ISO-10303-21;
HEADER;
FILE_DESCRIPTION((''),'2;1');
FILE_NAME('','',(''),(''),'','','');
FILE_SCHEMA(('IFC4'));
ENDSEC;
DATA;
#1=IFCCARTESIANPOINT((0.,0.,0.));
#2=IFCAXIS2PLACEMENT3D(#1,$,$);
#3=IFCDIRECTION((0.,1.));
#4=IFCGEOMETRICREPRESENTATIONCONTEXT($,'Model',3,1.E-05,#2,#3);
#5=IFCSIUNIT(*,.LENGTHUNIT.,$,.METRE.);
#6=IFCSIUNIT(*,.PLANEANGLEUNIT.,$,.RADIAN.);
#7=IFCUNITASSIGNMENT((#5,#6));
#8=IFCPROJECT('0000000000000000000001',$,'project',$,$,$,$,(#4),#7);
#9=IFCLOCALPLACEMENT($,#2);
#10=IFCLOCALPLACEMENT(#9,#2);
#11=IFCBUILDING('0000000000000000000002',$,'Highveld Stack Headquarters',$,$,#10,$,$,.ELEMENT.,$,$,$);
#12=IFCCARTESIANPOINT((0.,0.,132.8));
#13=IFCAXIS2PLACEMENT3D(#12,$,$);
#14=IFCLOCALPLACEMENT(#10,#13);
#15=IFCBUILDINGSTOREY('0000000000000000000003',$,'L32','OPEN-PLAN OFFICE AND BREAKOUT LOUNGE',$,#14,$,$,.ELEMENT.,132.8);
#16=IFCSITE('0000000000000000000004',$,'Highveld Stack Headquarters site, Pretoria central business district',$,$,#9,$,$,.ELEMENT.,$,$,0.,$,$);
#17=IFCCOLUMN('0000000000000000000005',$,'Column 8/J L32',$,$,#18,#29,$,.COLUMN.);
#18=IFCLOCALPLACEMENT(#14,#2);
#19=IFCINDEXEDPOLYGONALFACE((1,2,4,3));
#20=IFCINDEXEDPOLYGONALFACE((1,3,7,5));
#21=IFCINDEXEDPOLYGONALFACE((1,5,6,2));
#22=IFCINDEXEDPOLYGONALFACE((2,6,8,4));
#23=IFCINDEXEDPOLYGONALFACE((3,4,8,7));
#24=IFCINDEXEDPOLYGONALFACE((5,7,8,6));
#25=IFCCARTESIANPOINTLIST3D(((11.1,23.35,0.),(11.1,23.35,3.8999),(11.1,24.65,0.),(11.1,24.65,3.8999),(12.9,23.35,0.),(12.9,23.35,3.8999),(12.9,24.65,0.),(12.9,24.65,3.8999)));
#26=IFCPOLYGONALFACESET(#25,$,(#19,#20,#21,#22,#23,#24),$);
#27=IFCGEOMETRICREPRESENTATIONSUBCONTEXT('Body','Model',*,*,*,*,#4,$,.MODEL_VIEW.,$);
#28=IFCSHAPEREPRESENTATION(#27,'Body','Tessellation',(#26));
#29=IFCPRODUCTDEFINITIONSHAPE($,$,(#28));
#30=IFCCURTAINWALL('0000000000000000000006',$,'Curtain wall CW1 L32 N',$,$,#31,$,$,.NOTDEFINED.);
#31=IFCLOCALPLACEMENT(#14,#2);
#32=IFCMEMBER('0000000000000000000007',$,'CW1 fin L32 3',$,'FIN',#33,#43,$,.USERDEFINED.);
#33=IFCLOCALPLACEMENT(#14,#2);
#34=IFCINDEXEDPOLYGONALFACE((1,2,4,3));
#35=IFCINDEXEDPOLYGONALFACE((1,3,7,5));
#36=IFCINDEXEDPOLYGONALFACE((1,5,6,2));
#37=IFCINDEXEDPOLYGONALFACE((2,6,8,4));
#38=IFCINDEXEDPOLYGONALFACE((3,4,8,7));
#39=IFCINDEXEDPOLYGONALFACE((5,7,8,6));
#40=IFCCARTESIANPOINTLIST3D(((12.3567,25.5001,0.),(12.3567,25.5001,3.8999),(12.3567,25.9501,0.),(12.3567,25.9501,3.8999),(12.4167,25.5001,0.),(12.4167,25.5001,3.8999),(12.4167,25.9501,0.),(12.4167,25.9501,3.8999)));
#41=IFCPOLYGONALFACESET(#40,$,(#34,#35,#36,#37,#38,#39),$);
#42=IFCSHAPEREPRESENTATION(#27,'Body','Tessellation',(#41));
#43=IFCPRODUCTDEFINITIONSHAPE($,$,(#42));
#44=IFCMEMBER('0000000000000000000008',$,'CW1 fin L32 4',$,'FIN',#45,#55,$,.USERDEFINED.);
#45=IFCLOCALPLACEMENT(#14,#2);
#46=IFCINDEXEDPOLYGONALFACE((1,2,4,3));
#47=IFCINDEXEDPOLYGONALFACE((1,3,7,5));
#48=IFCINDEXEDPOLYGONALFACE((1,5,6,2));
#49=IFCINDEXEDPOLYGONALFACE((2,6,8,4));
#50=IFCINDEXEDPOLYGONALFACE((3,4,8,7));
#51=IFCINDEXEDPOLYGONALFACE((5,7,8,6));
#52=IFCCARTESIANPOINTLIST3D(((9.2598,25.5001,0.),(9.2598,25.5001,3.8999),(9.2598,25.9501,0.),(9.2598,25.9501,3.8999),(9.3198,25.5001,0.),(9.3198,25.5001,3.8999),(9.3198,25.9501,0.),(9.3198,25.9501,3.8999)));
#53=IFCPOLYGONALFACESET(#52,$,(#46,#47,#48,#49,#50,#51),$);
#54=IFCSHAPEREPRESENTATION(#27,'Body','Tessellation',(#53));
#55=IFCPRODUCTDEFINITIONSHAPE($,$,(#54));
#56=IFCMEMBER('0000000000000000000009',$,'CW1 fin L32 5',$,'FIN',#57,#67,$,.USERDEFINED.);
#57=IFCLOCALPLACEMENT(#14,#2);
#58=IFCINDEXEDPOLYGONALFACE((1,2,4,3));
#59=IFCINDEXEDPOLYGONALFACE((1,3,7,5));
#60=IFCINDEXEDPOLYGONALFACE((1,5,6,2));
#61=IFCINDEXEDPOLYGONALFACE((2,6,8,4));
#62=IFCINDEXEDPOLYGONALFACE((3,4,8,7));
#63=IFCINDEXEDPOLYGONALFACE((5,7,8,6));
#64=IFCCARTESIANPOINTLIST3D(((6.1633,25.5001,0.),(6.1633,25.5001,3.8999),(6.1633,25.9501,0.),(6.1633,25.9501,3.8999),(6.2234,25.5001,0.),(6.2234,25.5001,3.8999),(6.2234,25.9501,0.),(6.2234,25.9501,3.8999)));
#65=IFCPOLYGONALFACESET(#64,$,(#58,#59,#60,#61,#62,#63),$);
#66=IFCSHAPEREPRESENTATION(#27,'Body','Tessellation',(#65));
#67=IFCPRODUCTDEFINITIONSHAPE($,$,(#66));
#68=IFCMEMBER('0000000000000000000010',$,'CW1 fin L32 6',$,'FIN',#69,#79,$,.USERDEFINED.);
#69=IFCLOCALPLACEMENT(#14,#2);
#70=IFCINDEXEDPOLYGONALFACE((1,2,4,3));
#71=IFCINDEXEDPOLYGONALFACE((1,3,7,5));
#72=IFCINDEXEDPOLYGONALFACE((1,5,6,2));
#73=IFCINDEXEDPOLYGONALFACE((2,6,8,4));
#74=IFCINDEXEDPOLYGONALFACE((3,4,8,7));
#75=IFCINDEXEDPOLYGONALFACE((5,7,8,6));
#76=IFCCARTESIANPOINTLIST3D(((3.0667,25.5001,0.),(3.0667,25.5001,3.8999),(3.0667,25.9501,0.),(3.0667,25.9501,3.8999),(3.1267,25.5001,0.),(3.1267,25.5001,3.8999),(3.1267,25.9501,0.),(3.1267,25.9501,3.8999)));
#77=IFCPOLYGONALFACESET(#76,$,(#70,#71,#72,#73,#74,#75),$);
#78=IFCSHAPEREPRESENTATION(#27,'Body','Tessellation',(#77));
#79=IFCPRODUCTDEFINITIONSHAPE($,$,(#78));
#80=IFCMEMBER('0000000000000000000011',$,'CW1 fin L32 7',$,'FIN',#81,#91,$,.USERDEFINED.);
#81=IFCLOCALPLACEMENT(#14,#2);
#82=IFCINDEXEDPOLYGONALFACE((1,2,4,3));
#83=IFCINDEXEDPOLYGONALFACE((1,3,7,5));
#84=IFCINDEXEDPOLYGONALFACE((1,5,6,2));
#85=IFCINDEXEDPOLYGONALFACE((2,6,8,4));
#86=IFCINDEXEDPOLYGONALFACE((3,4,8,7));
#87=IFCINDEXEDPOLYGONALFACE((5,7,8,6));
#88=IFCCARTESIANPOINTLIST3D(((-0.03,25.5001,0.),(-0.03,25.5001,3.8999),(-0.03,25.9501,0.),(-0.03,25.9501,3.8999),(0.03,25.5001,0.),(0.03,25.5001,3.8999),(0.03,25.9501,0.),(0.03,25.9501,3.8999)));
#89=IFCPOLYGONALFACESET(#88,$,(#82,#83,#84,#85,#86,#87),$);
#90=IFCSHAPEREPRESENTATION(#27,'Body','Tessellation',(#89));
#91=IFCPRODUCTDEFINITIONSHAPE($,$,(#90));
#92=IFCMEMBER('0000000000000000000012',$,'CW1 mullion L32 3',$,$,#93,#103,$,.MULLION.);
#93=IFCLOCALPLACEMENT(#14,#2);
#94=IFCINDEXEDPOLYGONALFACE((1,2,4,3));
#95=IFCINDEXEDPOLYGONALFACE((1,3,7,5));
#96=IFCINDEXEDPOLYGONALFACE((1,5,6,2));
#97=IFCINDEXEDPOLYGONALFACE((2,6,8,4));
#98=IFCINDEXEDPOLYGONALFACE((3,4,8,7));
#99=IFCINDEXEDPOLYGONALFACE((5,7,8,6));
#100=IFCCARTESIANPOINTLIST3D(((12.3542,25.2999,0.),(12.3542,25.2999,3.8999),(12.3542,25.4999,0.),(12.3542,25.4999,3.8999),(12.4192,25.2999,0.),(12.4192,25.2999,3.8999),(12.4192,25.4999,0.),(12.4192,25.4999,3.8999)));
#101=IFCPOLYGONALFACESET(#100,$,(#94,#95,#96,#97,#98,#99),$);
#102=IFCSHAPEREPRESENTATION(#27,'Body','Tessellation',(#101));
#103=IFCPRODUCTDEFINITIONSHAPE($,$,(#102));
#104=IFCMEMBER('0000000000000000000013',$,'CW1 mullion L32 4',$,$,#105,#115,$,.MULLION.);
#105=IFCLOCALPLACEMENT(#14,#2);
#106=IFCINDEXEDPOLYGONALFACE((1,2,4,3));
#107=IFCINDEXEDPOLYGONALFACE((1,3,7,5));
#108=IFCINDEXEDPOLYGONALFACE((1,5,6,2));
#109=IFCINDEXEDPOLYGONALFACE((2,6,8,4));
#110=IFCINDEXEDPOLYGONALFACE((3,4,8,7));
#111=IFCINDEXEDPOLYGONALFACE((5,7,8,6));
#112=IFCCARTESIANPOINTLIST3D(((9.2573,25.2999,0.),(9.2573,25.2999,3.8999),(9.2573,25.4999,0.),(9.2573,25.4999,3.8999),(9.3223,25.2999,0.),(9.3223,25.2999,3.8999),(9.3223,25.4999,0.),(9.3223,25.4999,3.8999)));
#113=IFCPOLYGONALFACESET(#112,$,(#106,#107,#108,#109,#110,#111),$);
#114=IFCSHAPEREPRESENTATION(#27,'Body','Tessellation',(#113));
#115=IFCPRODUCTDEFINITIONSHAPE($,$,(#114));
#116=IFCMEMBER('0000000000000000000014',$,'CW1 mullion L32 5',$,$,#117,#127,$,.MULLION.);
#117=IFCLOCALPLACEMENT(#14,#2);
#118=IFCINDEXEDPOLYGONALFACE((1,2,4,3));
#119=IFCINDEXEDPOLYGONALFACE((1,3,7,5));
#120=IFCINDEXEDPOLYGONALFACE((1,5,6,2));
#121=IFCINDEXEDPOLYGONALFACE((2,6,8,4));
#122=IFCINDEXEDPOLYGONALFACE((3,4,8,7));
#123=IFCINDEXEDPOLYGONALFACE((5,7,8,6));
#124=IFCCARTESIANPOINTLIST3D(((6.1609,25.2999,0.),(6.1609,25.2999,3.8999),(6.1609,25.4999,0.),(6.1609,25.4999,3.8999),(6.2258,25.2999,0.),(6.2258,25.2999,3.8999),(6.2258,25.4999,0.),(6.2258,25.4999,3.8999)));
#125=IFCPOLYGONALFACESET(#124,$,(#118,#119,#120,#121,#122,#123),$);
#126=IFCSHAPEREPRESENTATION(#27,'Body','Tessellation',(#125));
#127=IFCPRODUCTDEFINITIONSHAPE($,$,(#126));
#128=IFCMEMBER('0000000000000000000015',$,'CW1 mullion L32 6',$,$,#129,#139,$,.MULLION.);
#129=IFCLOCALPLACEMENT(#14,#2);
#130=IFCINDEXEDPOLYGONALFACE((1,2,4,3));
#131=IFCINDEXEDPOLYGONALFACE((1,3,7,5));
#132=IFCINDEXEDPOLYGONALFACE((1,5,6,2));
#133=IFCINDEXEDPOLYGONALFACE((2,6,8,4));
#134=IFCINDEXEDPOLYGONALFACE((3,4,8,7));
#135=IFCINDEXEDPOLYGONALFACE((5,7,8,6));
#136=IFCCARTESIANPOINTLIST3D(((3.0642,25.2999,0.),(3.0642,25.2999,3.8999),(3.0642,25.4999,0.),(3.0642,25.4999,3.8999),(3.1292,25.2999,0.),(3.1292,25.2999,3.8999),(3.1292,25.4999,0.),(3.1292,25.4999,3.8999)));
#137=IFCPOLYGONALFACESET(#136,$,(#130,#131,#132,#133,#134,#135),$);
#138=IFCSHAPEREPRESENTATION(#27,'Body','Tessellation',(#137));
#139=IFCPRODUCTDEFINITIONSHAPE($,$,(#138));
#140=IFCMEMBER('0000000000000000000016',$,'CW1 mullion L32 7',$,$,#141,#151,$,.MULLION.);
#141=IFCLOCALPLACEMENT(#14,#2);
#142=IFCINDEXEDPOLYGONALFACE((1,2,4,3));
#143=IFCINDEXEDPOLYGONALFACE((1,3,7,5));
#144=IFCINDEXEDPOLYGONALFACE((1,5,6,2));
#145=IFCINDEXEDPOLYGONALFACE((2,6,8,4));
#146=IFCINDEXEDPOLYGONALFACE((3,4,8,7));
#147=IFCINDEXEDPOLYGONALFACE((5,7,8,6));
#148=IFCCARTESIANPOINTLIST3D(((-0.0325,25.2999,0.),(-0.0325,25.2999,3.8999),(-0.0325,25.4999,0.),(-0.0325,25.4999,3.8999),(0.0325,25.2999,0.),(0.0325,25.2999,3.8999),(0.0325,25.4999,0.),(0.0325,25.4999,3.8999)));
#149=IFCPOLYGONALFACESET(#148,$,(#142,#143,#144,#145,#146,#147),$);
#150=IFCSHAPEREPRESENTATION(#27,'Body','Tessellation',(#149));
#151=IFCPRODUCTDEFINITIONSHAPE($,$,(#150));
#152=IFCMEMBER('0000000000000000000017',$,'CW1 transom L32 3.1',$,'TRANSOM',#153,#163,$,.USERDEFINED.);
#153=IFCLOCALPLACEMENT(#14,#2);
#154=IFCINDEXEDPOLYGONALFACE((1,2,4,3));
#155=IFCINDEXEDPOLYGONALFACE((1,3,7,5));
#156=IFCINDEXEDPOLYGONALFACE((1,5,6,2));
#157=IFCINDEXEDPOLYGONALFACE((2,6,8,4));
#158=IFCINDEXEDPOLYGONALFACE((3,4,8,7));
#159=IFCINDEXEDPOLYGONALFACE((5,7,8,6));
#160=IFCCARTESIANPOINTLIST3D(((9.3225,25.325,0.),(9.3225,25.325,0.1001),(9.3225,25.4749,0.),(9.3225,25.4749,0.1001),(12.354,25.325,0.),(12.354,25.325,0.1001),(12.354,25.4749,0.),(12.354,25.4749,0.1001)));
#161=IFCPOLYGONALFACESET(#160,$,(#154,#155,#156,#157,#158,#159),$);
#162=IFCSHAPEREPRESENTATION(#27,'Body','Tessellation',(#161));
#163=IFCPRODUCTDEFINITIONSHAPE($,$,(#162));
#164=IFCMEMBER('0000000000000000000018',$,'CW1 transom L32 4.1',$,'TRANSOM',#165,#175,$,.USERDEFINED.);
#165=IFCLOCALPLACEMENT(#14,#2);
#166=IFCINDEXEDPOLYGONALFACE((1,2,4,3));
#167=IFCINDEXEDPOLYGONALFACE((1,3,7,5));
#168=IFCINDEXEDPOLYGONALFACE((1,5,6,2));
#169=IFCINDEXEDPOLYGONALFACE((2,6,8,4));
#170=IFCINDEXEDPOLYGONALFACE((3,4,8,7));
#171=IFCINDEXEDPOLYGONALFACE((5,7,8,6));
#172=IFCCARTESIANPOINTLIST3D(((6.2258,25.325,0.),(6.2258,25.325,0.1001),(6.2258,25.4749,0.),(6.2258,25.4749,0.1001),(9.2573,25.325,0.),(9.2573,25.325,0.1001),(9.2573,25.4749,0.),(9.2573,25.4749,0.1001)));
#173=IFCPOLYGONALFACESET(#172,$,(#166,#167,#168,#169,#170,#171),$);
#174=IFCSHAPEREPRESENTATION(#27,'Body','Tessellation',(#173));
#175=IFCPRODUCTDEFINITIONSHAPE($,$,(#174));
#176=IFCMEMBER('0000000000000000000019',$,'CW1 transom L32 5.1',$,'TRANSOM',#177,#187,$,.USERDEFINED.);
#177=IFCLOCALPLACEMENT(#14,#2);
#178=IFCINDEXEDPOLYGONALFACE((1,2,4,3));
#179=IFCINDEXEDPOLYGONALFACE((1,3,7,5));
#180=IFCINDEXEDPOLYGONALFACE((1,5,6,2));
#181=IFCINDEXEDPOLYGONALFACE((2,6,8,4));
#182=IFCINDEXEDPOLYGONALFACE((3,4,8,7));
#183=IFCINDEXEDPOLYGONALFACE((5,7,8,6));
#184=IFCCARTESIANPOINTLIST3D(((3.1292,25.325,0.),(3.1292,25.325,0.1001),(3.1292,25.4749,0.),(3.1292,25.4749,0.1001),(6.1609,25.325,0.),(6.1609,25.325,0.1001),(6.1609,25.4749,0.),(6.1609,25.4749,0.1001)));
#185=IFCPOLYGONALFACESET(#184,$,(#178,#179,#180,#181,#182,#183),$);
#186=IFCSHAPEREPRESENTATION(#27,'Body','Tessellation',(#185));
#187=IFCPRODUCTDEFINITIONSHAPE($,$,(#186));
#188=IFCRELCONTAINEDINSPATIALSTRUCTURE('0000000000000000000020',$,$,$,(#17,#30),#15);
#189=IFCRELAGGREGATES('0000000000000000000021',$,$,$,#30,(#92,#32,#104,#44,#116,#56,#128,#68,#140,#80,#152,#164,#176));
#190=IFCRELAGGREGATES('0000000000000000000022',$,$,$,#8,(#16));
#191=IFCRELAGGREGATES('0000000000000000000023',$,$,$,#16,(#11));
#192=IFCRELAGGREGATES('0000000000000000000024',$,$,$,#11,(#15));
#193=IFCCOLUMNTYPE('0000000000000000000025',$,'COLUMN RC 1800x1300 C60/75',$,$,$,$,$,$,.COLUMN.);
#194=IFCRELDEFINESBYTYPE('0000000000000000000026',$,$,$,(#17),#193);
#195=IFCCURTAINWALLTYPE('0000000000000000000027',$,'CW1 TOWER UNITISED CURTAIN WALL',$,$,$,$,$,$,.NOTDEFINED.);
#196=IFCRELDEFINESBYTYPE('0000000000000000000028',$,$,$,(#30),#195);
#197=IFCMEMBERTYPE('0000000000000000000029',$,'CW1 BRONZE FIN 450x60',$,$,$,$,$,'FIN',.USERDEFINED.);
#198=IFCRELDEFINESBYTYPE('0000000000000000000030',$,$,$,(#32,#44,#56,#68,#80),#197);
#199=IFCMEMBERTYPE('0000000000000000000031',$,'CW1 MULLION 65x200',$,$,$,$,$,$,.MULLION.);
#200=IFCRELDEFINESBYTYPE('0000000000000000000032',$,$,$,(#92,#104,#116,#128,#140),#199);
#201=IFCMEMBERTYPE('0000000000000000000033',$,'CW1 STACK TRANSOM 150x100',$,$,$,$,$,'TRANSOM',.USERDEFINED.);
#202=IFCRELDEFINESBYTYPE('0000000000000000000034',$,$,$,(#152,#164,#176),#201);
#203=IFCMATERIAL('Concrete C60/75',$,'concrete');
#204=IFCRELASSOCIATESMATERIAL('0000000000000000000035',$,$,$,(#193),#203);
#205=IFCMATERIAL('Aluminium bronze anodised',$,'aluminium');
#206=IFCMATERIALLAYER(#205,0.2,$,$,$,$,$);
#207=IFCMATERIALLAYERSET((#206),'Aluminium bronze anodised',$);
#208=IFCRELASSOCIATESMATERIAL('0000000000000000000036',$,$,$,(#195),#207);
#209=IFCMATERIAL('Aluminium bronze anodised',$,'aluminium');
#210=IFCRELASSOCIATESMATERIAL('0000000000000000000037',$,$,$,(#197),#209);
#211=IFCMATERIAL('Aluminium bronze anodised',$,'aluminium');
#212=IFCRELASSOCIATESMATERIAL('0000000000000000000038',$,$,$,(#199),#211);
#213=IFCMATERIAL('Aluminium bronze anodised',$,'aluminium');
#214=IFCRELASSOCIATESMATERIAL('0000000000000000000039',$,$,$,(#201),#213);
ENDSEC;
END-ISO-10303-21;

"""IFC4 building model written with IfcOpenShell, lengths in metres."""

from ifc_helpers import new_model, si_unit, direction, frame, origin, origin_2d, place, context, subcontext, project, spatial, rectangle, extrude, material, layer, layer_set, material_profile, profile_set, type_object, element, aggregate, save


model = new_model("IFC4")

# Units and contexts
model_context = context("Model", 3, precision=1e-05, world=origin(), true_north=direction((0.0, 1.0)))
body_context = subcontext(model_context, "Body", "Model", "MODEL_VIEW")
ifc_project = project(units=[si_unit("LENGTHUNIT", "METRE"), si_unit("PLANEANGLEUNIT", "RADIAN")], contexts=[model_context])

# Site, building, storey
site_placement = place(None, origin())
site = spatial("IfcSite", under=ifc_project, at=site_placement, Name="Highveld Stack Headquarters site, Pretoria central business district", CompositionType="ELEMENT", RefElevation=0.0)
building_placement = place(site_placement, origin())
building = spatial("IfcBuilding", under=site, at=building_placement, Name="Highveld Stack Headquarters", CompositionType="ELEMENT")
storey_placement = place(building_placement, frame((0.0, 0.0, 132.8)))
storey = spatial("IfcBuildingStorey", under=building, at=storey_placement, Name="L32", Description="OPEN-PLAN OFFICE AND BREAKOUT LOUNGE", CompositionType="ELEMENT", Elevation=132.8)

# Column
ifc_material_1 = material(Name="Concrete C60/75", Category="concrete")
ifc_material_profile_1 = material_profile(ifc_material_1, rectangle(XDim=1.8, YDim=1.3, at=origin_2d()), Name="RC 1800x1300")
ifc_profile_set_1 = profile_set([ifc_material_profile_1], Name="Concrete C60/75")
column_type = type_object("IfcColumnType", Name="COLUMN RC 1800x1300 C60/75", PredefinedType="COLUMN", material=ifc_profile_set_1)
column_placement = place(storey_placement, frame((12.0, 24.0, 0.0), z_axis=(0.0, 0.0, 1.0), x_axis=(1.0, 0.0, 0.0)))
element("IfcColumn", 1, at=column_placement, inside=storey, type_object=column_type, Name="Column 8/J L32", PredefinedType="COLUMN", context=body_context, shape_type="SweptSolid", body=[
    extrude(rectangle(XDim=1.8, YDim=1.3, at=origin_2d()), origin(), (0.0, 0.0, 1.0), 3.8999),
])

# Curtain wall, members
ifc_material_2 = material(Name="Aluminium bronze anodised", Category="aluminium")
ifc_layer_1 = layer(ifc_material_2, 0.2)
ifc_layer_set_1 = layer_set([ifc_layer_1], Name="Aluminium bronze anodised")
curtain_wall_type = type_object("IfcCurtainWallType", Name="CW1 TOWER UNITISED CURTAIN WALL", PredefinedType="NOTDEFINED", material=ifc_layer_set_1)
curtain_wall_placement = place(storey_placement, origin())
curtain_wall = element("IfcCurtainWall", 2, at=curtain_wall_placement, inside=storey, type_object=curtain_wall_type, Name="Curtain wall CW1 L32 N", PredefinedType="NOTDEFINED")
ifc_material_3 = material(Name="Aluminium bronze anodised", Category="aluminium")
ifc_material_profile_2 = material_profile(ifc_material_3, rectangle(XDim=0.45, YDim=0.0601, at=origin_2d()), Name="FIN 450x60")
ifc_profile_set_2 = profile_set([ifc_material_profile_2], Name="Aluminium bronze anodised")
member_type_1 = type_object("IfcMemberType", Name="CW1 BRONZE FIN 450x60", ElementType="FIN", PredefinedType="USERDEFINED", material=ifc_profile_set_2)
member_1_placement = place(storey_placement, frame((12.3867, 25.7251, 0.0), z_axis=(0.0, 0.0, 1.0), x_axis=(0.0, -1.0, 0.0)))
member_1 = element("IfcMember", 3, at=member_1_placement, type_object=member_type_1, Name="CW1 fin L32 3", ObjectType="FIN", PredefinedType="USERDEFINED", context=body_context, shape_type="SweptSolid", body=[
    extrude(rectangle(XDim=0.45, YDim=0.0601, at=origin_2d()), origin(), (0.0, 0.0, 1.0), 3.8999),
])
member_2_placement = place(storey_placement, frame((9.2898, 25.7251, 0.0), z_axis=(0.0, 0.0, 1.0), x_axis=(0.0, -1.0, 0.0)))
member_2 = element("IfcMember", 4, at=member_2_placement, type_object=member_type_1, Name="CW1 fin L32 4", ObjectType="FIN", PredefinedType="USERDEFINED", context=body_context, shape_type="SweptSolid", body=[
    extrude(rectangle(XDim=0.45, YDim=0.0601, at=origin_2d()), origin(), (0.0, 0.0, 1.0), 3.8999),
])
member_3_placement = place(storey_placement, frame((6.1934, 25.7251, 0.0), z_axis=(0.0, 0.0, 1.0), x_axis=(0.0, -1.0, 0.0)))
member_3 = element("IfcMember", 5, at=member_3_placement, type_object=member_type_1, Name="CW1 fin L32 5", ObjectType="FIN", PredefinedType="USERDEFINED", context=body_context, shape_type="SweptSolid", body=[
    extrude(rectangle(XDim=0.45, YDim=0.0601, at=origin_2d()), origin(), (0.0, 0.0, 1.0), 3.8999),
])
member_4_placement = place(storey_placement, frame((3.0967, 25.7251, 0.0), z_axis=(0.0, 0.0, 1.0), x_axis=(0.0, -1.0, 0.0)))
member_4 = element("IfcMember", 6, at=member_4_placement, type_object=member_type_1, Name="CW1 fin L32 6", ObjectType="FIN", PredefinedType="USERDEFINED", context=body_context, shape_type="SweptSolid", body=[
    extrude(rectangle(XDim=0.45, YDim=0.0601, at=origin_2d()), origin(), (0.0, 0.0, 1.0), 3.8999),
])
member_5_placement = place(storey_placement, frame((0.0, 25.7251, 0.0), z_axis=(0.0, 0.0, 1.0), x_axis=(0.0, -1.0, 0.0)))
member_5 = element("IfcMember", 7, at=member_5_placement, type_object=member_type_1, Name="CW1 fin L32 7", ObjectType="FIN", PredefinedType="USERDEFINED", context=body_context, shape_type="SweptSolid", body=[
    extrude(rectangle(XDim=0.45, YDim=0.0601, at=origin_2d()), origin(), (0.0, 0.0, 1.0), 3.8999),
])
ifc_material_4 = material(Name="Aluminium bronze anodised", Category="aluminium")
ifc_material_profile_3 = material_profile(ifc_material_4, rectangle(XDim=0.2, YDim=0.0649, at=origin_2d()), Name="CW1 MULLION 65x200")
ifc_profile_set_3 = profile_set([ifc_material_profile_3], Name="Aluminium bronze anodised")
member_type_2 = type_object("IfcMemberType", Name="CW1 MULLION 65x200", PredefinedType="MULLION", material=ifc_profile_set_3)
member_6_placement = place(storey_placement, frame((12.3867, 25.3999, 0.0), z_axis=(0.0, 0.0, 1.0), x_axis=(0.0, -1.0, 0.0)))
member_6 = element("IfcMember", 8, at=member_6_placement, type_object=member_type_2, Name="CW1 mullion L32 3", PredefinedType="MULLION", context=body_context, shape_type="SweptSolid", body=[
    extrude(rectangle(XDim=0.2, YDim=0.0649, at=origin_2d()), origin(), (0.0, 0.0, 1.0), 3.8999),
])
member_7_placement = place(storey_placement, frame((9.2898, 25.3999, 0.0), z_axis=(0.0, 0.0, 1.0), x_axis=(0.0, -1.0, 0.0)))
member_7 = element("IfcMember", 9, at=member_7_placement, type_object=member_type_2, Name="CW1 mullion L32 4", PredefinedType="MULLION", context=body_context, shape_type="SweptSolid", body=[
    extrude(rectangle(XDim=0.2, YDim=0.0649, at=origin_2d()), origin(), (0.0, 0.0, 1.0), 3.8999),
])
member_8_placement = place(storey_placement, frame((6.1934, 25.3999, 0.0), z_axis=(0.0, 0.0, 1.0), x_axis=(0.0, -1.0, 0.0)))
member_8 = element("IfcMember", 10, at=member_8_placement, type_object=member_type_2, Name="CW1 mullion L32 5", PredefinedType="MULLION", context=body_context, shape_type="SweptSolid", body=[
    extrude(rectangle(XDim=0.2, YDim=0.0649, at=origin_2d()), origin(), (0.0, 0.0, 1.0), 3.8999),
])
member_9_placement = place(storey_placement, frame((3.0967, 25.3999, 0.0), z_axis=(0.0, 0.0, 1.0), x_axis=(0.0, -1.0, 0.0)))
member_9 = element("IfcMember", 11, at=member_9_placement, type_object=member_type_2, Name="CW1 mullion L32 6", PredefinedType="MULLION", context=body_context, shape_type="SweptSolid", body=[
    extrude(rectangle(XDim=0.2, YDim=0.0649, at=origin_2d()), origin(), (0.0, 0.0, 1.0), 3.8999),
])
member_10_placement = place(storey_placement, frame((0.0, 25.3999, 0.0), z_axis=(0.0, 0.0, 1.0), x_axis=(0.0, -1.0, 0.0)))
member_10 = element("IfcMember", 12, at=member_10_placement, type_object=member_type_2, Name="CW1 mullion L32 7", PredefinedType="MULLION", context=body_context, shape_type="SweptSolid", body=[
    extrude(rectangle(XDim=0.2, YDim=0.0649, at=origin_2d()), origin(), (0.0, 0.0, 1.0), 3.8999),
])
ifc_material_5 = material(Name="Aluminium bronze anodised", Category="aluminium")
ifc_material_profile_4 = material_profile(ifc_material_5, rectangle(XDim=0.1499, YDim=0.1001, at=origin_2d()), Name="CW1 TRANSOM 150x100")
ifc_profile_set_4 = profile_set([ifc_material_profile_4], Name="Aluminium bronze anodised")
member_type_3 = type_object("IfcMemberType", Name="CW1 STACK TRANSOM 150x100", ElementType="TRANSOM", PredefinedType="USERDEFINED", material=ifc_profile_set_4)
member_11_placement = place(storey_placement, frame((12.354, 25.3999, 0.05), z_axis=(-1.0, 0.0, 0.0), x_axis=(0.0, -1.0, 0.0)))
member_11 = element("IfcMember", 13, at=member_11_placement, type_object=member_type_3, Name="CW1 transom L32 3.1", ObjectType="TRANSOM", PredefinedType="USERDEFINED", context=body_context, shape_type="SweptSolid", body=[
    extrude(rectangle(XDim=0.1499, YDim=0.1001, at=origin_2d()), origin(), (0.0, 0.0, 1.0), 3.0315),
])
member_12_placement = place(storey_placement, frame((9.2573, 25.3999, 0.05), z_axis=(-1.0, 0.0, 0.0), x_axis=(0.0, -1.0, 0.0)))
member_12 = element("IfcMember", 14, at=member_12_placement, type_object=member_type_3, Name="CW1 transom L32 4.1", ObjectType="TRANSOM", PredefinedType="USERDEFINED", context=body_context, shape_type="SweptSolid", body=[
    extrude(rectangle(XDim=0.1499, YDim=0.1001, at=origin_2d()), origin(), (0.0, 0.0, 1.0), 3.0315),
])
member_13_placement = place(storey_placement, frame((6.1609, 25.3999, 0.05), z_axis=(-1.0, 0.0, 0.0), x_axis=(0.0, -1.0, 0.0)))
member_13 = element("IfcMember", 15, at=member_13_placement, type_object=member_type_3, Name="CW1 transom L32 5.1", ObjectType="TRANSOM", PredefinedType="USERDEFINED", context=body_context, shape_type="SweptSolid", body=[
    extrude(rectangle(XDim=0.1499, YDim=0.1001, at=origin_2d()), origin(), (0.0, 0.0, 1.0), 3.0317),
])
aggregate(curtain_wall, [member_6, member_1, member_7, member_2, member_8, member_3, member_9, member_4, member_10, member_5, member_11, member_12, member_13])

save(model, "model.ifc")
